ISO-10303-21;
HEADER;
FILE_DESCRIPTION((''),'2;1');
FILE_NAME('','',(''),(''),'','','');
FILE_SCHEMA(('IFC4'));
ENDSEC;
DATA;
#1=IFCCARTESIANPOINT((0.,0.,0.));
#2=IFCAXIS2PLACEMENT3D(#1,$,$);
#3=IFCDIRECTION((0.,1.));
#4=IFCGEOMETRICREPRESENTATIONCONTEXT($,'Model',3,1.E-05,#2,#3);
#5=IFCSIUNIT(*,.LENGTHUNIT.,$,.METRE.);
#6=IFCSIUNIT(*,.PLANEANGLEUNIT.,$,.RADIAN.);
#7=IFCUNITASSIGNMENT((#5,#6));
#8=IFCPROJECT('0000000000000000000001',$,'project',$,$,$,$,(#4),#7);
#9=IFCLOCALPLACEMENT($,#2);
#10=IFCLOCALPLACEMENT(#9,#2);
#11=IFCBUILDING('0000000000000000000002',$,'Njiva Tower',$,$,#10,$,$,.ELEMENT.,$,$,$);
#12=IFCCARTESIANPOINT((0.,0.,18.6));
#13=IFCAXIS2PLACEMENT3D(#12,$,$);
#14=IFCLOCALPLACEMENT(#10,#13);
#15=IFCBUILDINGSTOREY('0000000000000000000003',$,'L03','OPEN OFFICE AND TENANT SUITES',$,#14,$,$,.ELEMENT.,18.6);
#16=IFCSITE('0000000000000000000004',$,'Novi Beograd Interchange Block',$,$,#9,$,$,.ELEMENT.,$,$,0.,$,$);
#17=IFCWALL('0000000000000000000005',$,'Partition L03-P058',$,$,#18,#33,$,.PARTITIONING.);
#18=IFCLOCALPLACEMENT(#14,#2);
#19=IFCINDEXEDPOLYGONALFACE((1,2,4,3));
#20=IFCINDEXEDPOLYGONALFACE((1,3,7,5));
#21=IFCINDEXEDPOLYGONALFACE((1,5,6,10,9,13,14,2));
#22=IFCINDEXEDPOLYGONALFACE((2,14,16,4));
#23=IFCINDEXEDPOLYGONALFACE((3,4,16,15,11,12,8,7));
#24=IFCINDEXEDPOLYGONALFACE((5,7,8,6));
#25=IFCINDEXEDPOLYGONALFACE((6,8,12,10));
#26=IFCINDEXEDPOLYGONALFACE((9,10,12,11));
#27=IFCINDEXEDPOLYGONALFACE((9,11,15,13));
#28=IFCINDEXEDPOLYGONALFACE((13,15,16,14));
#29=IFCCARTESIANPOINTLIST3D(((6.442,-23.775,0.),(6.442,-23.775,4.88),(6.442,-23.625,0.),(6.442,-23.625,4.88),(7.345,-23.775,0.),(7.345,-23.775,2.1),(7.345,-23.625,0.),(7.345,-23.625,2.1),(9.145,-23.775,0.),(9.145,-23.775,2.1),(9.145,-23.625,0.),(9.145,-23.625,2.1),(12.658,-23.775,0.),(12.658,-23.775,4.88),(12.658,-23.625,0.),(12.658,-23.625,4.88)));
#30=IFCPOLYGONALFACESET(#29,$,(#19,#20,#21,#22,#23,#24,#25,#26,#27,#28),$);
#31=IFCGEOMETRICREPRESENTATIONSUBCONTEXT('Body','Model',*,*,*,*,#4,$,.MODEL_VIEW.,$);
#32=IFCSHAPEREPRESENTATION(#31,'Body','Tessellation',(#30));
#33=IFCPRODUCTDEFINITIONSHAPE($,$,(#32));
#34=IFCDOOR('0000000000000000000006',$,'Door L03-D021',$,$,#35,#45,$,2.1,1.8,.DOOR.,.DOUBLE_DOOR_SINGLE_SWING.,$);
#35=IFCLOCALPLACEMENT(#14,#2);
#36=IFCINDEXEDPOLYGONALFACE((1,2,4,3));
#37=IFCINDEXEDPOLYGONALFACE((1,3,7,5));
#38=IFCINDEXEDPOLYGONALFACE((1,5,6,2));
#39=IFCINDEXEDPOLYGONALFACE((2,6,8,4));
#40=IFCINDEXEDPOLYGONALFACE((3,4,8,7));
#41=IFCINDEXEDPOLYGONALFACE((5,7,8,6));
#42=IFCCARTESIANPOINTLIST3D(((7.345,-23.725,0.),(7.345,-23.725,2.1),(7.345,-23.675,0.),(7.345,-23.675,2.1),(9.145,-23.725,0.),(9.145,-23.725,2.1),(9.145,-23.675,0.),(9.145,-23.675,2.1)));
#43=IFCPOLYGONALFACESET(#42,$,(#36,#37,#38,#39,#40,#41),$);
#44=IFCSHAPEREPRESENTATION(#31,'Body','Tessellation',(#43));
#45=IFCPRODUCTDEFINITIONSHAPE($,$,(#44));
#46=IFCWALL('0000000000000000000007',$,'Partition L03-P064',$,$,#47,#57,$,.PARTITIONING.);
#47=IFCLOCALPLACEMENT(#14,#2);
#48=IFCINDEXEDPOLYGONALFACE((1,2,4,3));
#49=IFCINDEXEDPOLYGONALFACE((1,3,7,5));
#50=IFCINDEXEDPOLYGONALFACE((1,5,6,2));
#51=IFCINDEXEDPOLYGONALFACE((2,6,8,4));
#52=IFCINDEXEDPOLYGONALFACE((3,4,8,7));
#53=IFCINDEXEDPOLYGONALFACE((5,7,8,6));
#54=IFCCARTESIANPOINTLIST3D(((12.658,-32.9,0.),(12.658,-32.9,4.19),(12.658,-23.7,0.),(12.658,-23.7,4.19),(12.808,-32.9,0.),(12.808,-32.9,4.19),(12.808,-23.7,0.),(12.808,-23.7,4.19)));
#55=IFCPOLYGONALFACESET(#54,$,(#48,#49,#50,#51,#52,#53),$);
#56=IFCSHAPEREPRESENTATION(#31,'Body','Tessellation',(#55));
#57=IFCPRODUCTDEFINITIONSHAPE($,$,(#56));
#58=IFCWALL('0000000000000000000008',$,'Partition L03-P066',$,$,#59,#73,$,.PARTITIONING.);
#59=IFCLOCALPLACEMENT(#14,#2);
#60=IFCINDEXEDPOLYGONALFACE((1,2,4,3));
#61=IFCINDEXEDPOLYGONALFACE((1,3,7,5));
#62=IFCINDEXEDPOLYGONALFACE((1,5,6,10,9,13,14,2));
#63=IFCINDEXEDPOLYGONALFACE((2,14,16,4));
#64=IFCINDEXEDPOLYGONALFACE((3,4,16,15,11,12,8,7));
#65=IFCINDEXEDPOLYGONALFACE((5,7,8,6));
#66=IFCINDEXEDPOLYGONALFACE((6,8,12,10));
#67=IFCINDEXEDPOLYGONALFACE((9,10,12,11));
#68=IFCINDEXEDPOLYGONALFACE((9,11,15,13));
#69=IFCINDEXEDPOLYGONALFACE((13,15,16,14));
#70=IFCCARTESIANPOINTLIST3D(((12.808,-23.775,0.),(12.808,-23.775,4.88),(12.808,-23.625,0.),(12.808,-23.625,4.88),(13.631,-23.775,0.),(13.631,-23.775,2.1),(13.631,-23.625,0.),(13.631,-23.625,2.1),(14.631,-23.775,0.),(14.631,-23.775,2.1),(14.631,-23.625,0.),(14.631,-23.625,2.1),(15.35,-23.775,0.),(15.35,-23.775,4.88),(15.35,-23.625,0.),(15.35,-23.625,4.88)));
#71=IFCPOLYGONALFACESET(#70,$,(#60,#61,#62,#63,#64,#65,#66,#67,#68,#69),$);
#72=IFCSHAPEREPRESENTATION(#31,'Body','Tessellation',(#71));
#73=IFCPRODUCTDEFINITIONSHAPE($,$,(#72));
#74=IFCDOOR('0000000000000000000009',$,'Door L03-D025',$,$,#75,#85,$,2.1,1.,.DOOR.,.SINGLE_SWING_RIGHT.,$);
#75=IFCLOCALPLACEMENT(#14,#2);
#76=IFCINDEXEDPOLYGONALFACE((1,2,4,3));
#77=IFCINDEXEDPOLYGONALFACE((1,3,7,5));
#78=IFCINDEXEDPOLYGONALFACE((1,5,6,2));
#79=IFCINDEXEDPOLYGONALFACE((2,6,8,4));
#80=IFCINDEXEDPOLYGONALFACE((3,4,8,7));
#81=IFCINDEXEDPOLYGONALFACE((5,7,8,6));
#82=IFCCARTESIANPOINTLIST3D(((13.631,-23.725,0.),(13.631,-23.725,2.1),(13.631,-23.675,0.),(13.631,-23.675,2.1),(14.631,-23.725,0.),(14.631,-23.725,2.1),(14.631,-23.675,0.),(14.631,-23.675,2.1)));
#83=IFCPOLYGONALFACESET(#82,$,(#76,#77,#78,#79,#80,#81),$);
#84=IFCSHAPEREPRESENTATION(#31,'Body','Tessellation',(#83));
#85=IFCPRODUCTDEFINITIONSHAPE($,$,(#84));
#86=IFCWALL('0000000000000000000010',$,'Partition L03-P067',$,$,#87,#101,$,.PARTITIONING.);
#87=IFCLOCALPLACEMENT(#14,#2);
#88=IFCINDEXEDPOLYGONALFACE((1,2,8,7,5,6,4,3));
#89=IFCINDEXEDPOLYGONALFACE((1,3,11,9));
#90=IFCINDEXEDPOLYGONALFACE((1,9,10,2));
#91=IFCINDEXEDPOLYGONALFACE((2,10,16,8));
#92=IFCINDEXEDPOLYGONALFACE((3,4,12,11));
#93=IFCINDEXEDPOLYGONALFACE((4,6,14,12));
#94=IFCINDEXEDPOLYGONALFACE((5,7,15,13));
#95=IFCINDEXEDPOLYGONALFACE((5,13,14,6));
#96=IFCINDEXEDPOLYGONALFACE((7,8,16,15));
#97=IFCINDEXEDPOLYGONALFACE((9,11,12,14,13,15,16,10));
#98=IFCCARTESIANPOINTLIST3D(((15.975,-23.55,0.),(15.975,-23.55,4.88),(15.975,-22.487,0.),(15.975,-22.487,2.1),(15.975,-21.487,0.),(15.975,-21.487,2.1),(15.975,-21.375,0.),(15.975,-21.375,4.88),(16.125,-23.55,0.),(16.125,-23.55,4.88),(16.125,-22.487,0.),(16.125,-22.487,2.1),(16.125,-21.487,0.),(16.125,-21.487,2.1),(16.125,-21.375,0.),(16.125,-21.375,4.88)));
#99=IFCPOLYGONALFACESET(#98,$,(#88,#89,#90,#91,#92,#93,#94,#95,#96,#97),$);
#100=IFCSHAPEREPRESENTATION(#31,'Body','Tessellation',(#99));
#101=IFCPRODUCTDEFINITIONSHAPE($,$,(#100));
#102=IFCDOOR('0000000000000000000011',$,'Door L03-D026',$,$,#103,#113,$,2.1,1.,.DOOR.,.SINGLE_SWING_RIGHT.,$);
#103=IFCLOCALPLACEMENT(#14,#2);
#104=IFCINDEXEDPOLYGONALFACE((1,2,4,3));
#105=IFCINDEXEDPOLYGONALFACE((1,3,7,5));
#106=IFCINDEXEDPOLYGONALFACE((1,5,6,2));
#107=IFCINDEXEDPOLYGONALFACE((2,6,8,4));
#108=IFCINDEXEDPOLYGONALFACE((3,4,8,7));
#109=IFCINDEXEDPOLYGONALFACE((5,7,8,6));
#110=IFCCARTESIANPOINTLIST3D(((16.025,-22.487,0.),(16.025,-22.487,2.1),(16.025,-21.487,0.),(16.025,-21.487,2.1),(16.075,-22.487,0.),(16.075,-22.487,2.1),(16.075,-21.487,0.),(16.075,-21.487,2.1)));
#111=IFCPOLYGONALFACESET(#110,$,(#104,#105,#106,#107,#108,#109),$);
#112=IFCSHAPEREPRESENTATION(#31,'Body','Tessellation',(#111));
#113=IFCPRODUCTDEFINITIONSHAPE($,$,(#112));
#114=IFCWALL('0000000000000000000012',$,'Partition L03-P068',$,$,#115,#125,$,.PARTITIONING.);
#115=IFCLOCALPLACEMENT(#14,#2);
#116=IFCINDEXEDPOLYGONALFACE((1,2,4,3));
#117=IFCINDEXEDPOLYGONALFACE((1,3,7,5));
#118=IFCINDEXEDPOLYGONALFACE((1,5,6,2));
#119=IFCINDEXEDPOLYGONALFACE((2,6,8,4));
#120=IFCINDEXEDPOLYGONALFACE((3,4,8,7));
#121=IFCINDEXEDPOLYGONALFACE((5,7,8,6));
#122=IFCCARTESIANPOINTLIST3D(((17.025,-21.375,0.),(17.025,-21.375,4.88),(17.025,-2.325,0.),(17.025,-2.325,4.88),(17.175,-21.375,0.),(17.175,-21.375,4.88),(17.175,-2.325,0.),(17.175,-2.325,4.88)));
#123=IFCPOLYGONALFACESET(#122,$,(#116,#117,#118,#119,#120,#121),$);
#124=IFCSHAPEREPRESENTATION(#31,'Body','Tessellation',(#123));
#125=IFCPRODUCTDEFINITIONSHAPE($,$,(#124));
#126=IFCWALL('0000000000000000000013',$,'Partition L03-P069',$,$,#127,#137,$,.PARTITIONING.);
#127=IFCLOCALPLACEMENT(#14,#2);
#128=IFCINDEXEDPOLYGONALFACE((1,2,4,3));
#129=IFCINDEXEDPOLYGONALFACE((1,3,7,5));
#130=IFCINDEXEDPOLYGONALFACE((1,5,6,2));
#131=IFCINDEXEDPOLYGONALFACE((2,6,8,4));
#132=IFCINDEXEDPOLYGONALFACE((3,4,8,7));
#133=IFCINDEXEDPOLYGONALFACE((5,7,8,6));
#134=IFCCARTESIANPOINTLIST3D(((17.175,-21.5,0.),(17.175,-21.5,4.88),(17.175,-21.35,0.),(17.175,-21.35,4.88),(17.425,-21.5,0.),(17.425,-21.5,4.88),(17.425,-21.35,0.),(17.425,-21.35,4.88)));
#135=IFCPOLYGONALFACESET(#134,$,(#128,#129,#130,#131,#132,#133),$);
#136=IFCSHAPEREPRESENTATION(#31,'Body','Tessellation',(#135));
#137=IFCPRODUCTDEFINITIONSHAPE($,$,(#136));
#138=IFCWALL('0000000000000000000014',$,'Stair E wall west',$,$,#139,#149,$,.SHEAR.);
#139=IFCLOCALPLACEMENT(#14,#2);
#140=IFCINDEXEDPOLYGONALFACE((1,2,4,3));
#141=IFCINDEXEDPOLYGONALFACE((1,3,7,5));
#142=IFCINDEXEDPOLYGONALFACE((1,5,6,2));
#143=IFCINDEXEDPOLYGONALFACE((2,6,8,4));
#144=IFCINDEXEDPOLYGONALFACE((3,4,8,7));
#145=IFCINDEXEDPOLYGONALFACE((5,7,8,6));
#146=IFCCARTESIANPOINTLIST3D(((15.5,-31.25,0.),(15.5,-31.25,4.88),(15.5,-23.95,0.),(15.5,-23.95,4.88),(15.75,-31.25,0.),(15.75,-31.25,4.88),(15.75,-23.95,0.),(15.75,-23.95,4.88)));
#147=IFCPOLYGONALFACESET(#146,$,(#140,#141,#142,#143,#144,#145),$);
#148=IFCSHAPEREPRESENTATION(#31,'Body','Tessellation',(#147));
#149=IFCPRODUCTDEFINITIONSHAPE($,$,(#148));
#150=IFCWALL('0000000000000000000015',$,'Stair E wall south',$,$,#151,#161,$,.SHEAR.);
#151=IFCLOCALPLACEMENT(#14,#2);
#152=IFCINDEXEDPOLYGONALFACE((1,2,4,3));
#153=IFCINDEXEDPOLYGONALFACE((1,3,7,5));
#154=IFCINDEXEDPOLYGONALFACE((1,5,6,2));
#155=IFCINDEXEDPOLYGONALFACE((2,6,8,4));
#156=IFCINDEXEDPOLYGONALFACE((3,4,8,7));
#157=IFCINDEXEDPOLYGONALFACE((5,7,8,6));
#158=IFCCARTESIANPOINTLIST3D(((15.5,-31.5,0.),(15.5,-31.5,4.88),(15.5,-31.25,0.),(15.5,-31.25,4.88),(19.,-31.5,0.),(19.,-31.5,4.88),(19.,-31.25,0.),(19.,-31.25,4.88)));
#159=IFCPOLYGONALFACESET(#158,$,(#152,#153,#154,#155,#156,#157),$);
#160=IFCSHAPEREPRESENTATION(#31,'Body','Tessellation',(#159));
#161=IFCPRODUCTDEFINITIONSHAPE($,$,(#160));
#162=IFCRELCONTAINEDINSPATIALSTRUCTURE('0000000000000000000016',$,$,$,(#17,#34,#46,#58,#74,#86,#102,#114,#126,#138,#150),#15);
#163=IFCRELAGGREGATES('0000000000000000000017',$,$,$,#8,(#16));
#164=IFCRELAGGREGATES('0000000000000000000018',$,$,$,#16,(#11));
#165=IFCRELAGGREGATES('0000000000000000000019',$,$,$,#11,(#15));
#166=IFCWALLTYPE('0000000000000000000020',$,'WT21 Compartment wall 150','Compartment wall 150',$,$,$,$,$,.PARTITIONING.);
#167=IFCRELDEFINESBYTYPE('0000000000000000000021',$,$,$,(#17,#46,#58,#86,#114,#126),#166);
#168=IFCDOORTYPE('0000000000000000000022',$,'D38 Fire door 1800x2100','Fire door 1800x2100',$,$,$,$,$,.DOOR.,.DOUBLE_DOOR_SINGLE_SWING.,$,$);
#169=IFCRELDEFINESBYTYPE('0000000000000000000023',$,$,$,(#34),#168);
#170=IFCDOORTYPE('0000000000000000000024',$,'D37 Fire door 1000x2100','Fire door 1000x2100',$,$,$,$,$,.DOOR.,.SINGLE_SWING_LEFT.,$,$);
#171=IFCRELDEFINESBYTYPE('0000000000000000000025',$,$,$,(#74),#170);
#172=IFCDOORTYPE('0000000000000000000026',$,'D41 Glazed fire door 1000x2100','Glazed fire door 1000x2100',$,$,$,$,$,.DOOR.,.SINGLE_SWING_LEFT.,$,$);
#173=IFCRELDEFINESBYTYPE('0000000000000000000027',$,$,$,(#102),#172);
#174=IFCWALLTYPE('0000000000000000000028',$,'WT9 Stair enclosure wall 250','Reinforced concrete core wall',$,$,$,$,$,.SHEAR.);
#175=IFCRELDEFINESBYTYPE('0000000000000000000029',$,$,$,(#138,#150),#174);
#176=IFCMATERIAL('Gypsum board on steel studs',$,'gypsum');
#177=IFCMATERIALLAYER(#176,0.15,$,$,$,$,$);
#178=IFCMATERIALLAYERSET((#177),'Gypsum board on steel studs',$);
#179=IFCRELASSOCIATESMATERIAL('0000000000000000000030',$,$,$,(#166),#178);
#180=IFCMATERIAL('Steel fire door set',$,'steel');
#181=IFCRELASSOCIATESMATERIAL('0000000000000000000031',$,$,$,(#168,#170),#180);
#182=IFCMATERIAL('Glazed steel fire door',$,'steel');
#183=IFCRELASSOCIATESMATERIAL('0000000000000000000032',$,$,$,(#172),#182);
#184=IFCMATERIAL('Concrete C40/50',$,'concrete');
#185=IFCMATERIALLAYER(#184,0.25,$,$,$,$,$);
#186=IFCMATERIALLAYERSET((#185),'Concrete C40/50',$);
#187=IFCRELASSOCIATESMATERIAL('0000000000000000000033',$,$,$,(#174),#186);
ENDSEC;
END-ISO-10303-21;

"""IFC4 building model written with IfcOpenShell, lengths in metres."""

from ifc_helpers import new_model, si_unit, direction, frame, frame_2d, origin, place, context, subcontext, project, spatial, rectangle, extrude, material, layer, layer_set, type_object, element, fill, save


model = new_model("IFC4")

# Units and contexts
model_context = context("Model", 3, precision=1e-05, world=origin(), true_north=direction((0.0, 1.0)))
body_context = subcontext(model_context, "Body", "Model", "MODEL_VIEW")
ifc_project = project(units=[si_unit("LENGTHUNIT", "METRE"), si_unit("PLANEANGLEUNIT", "RADIAN")], contexts=[model_context])

# Site, building, storey
site_placement = place(None, origin())
site = spatial("IfcSite", under=ifc_project, at=site_placement, Name="Novi Beograd Interchange Block", CompositionType="ELEMENT", RefElevation=0.0)
building_placement = place(site_placement, origin())
building = spatial("IfcBuilding", under=site, at=building_placement, Name="Njiva Tower", CompositionType="ELEMENT")
storey_placement = place(building_placement, frame((0.0, 0.0, 18.6)))
storey = spatial("IfcBuildingStorey", under=building, at=storey_placement, Name="L03", Description="OPEN OFFICE AND TENANT SUITES", CompositionType="ELEMENT", Elevation=18.6)

# Wall, opening, door
ifc_material_1 = material(Name="Gypsum board on steel studs", Category="gypsum")
ifc_layer_1 = layer(ifc_material_1, 0.15)
ifc_layer_set_1 = layer_set([ifc_layer_1], Name="Gypsum board on steel studs")
wall_type_1 = type_object("IfcWallType", Name="WT21 Compartment wall 150", Description="Compartment wall 150", PredefinedType="PARTITIONING", material=ifc_layer_set_1)
wall_1_placement = place(storey_placement, frame((6.442, -23.7, 0.0), z_axis=(0.0, 0.0, 1.0), x_axis=(1.0, 0.0, 0.0)))
wall_1 = element("IfcWall", 1, at=wall_1_placement, inside=storey, type_object=wall_type_1, Name="Partition L03-P058", PredefinedType="PARTITIONING", context=body_context, shape_type="SweptSolid", body=[
    extrude(rectangle(XDim=6.216, YDim=0.15, at=frame_2d((3.108, 0.0))), origin(), (0.0, 0.0, 1.0), 4.88),
])
opening_1_placement = place(wall_1_placement, frame((0.903, 0.0, 0.0)))
opening_1 = element("IfcOpeningElement", 2, at=opening_1_placement, cuts=wall_1, PredefinedType="OPENING", context=body_context, shape_type="SweptSolid", body=[
    extrude(rectangle(XDim=1.8, YDim=2.1, at=frame_2d((0.9, 1.05))), frame((0.0, 0.085, 0.0), z_axis=(0.0, -1.0, 0.0), x_axis=(1.0, 0.0, 0.0)), (0.0, 0.0, 1.0), 0.17),
])
ifc_material_2 = material(Name="Steel fire door set", Category="steel")
door_type_1 = type_object("IfcDoorType", Name="D38 Fire door 1800x2100", Description="Fire door 1800x2100", OperationType="DOUBLE_DOOR_SINGLE_SWING", PredefinedType="DOOR", material=ifc_material_2)
door_1_placement = place(opening_1_placement, origin())
door_1 = element("IfcDoor", 3, at=door_1_placement, inside=storey, type_object=door_type_1, Name="Door L03-D021", OperationType="DOUBLE_DOOR_SINGLE_SWING", OverallHeight=2.1, OverallWidth=1.8, PredefinedType="DOOR", context=body_context, shape_type="SweptSolid", body=[
    extrude(rectangle(XDim=1.8, YDim=2.1, at=frame_2d((0.9, 1.05))), frame((0.0, 0.025, 0.0), z_axis=(0.0, -1.0, 0.0), x_axis=(1.0, 0.0, 0.0)), (0.0, 0.0, 1.0), 0.05),
])
fill(opening_1, door_1)

# Wall
wall_2_placement = place(storey_placement, frame((12.733, -32.9, 0.0), z_axis=(0.0, 0.0, 1.0), x_axis=(0.0, 1.0, 0.0)))
element("IfcWall", 4, at=wall_2_placement, inside=storey, type_object=wall_type_1, Name="Partition L03-P064", PredefinedType="PARTITIONING", context=body_context, shape_type="SweptSolid", body=[
    extrude(rectangle(XDim=9.2, YDim=0.15, at=frame_2d((4.6, 0.0))), origin(), (0.0, 0.0, 1.0), 4.19),
])

# Walls, openings, doors
wall_3_placement = place(storey_placement, frame((12.808, -23.7, 0.0), z_axis=(0.0, 0.0, 1.0), x_axis=(1.0, 0.0, 0.0)))
wall_3 = element("IfcWall", 5, at=wall_3_placement, inside=storey, type_object=wall_type_1, Name="Partition L03-P066", PredefinedType="PARTITIONING", context=body_context, shape_type="SweptSolid", body=[
    extrude(rectangle(XDim=2.542, YDim=0.15, at=frame_2d((1.271, 0.0))), origin(), (0.0, 0.0, 1.0), 4.88),
])
opening_2_placement = place(wall_3_placement, frame((0.823, 0.0, 0.0)))
opening_2 = element("IfcOpeningElement", 6, at=opening_2_placement, cuts=wall_3, PredefinedType="OPENING", context=body_context, shape_type="SweptSolid", body=[
    extrude(rectangle(XDim=1.0, YDim=2.1, at=frame_2d((0.5, 1.05))), frame((0.0, 0.085, 0.0), z_axis=(0.0, -1.0, 0.0), x_axis=(1.0, 0.0, 0.0)), (0.0, 0.0, 1.0), 0.17),
])
door_type_2 = type_object("IfcDoorType", Name="D37 Fire door 1000x2100", Description="Fire door 1000x2100", OperationType="SINGLE_SWING_LEFT", PredefinedType="DOOR", material=ifc_material_2)
door_2_placement = place(opening_2_placement, origin())
door_2 = element("IfcDoor", 7, at=door_2_placement, inside=storey, type_object=door_type_2, Name="Door L03-D025", OperationType="SINGLE_SWING_RIGHT", OverallHeight=2.1, OverallWidth=1.0, PredefinedType="DOOR", context=body_context, shape_type="SweptSolid", body=[
    extrude(rectangle(XDim=1.0, YDim=2.1, at=frame_2d((0.5, 1.05))), frame((0.0, 0.025, 0.0), z_axis=(0.0, -1.0, 0.0), x_axis=(1.0, 0.0, 0.0)), (0.0, 0.0, 1.0), 0.05),
])
fill(opening_2, door_2)
wall_4_placement = place(storey_placement, frame((16.05, -23.55, 0.0), z_axis=(0.0, 0.0, 1.0), x_axis=(0.0, 1.0, 0.0)))
wall_4 = element("IfcWall", 8, at=wall_4_placement, inside=storey, type_object=wall_type_1, Name="Partition L03-P067", PredefinedType="PARTITIONING", context=body_context, shape_type="SweptSolid", body=[
    extrude(rectangle(XDim=2.175, YDim=0.15, at=frame_2d((1.0875, 0.0))), origin(), (0.0, 0.0, 1.0), 4.88),
])
opening_3_placement = place(wall_4_placement, frame((1.063, 0.0, 0.0)))
opening_3 = element("IfcOpeningElement", 9, at=opening_3_placement, cuts=wall_4, PredefinedType="OPENING", context=body_context, shape_type="SweptSolid", body=[
    extrude(rectangle(XDim=1.0, YDim=2.1, at=frame_2d((0.5, 1.05))), frame((0.0, 0.085, 0.0), z_axis=(0.0, -1.0, 0.0), x_axis=(1.0, 0.0, 0.0)), (0.0, 0.0, 1.0), 0.17),
])
ifc_material_3 = material(Name="Glazed steel fire door", Category="steel")
door_type_3 = type_object("IfcDoorType", Name="D41 Glazed fire door 1000x2100", Description="Glazed fire door 1000x2100", OperationType="SINGLE_SWING_LEFT", PredefinedType="DOOR", material=ifc_material_3)
door_3_placement = place(opening_3_placement, origin())
door_3 = element("IfcDoor", 10, at=door_3_placement, inside=storey, type_object=door_type_3, Name="Door L03-D026", OperationType="SINGLE_SWING_RIGHT", OverallHeight=2.1, OverallWidth=1.0, PredefinedType="DOOR", context=body_context, shape_type="SweptSolid", body=[
    extrude(rectangle(XDim=1.0, YDim=2.1, at=frame_2d((0.5, 1.05))), frame((0.0, 0.025, 0.0), z_axis=(0.0, -1.0, 0.0), x_axis=(1.0, 0.0, 0.0)), (0.0, 0.0, 1.0), 0.05),
])
fill(opening_3, door_3)

# Walls
wall_5_placement = place(storey_placement, frame((17.1, -21.375, 0.0), z_axis=(0.0, 0.0, 1.0), x_axis=(0.0, 1.0, 0.0)))
element("IfcWall", 11, at=wall_5_placement, inside=storey, type_object=wall_type_1, Name="Partition L03-P068", PredefinedType="PARTITIONING", context=body_context, shape_type="SweptSolid", body=[
    extrude(rectangle(XDim=19.05, YDim=0.15, at=frame_2d((9.525, 0.0))), origin(), (0.0, 0.0, 1.0), 4.88),
])
wall_6_placement = place(storey_placement, frame((17.175, -21.425, 0.0), z_axis=(0.0, 0.0, 1.0), x_axis=(1.0, 0.0, 0.0)))
element("IfcWall", 12, at=wall_6_placement, inside=storey, type_object=wall_type_1, Name="Partition L03-P069", PredefinedType="PARTITIONING", context=body_context, shape_type="SweptSolid", body=[
    extrude(rectangle(XDim=0.25, YDim=0.15, at=frame_2d((0.125, 0.0))), origin(), (0.0, 0.0, 1.0), 4.88),
])
ifc_material_4 = material(Name="Concrete C40/50", Category="concrete")
ifc_layer_2 = layer(ifc_material_4, 0.25)
ifc_layer_set_2 = layer_set([ifc_layer_2], Name="Concrete C40/50")
wall_type_2 = type_object("IfcWallType", Name="WT9 Stair enclosure wall 250", Description="Reinforced concrete core wall", PredefinedType="SHEAR", material=ifc_layer_set_2)
wall_7_placement = place(storey_placement, frame((15.625, -31.25, 0.0), z_axis=(0.0, 0.0, 1.0), x_axis=(0.0, 1.0, 0.0)))
element("IfcWall", 13, at=wall_7_placement, inside=storey, type_object=wall_type_2, Name="Stair E wall west", PredefinedType="SHEAR", context=body_context, shape_type="SweptSolid", body=[
    extrude(rectangle(XDim=7.3, YDim=0.25, at=frame_2d((3.65, 0.0))), origin(), (0.0, 0.0, 1.0), 4.88),
])
wall_8_placement = place(storey_placement, frame((15.5, -31.375, 0.0), z_axis=(0.0, 0.0, 1.0), x_axis=(1.0, 0.0, 0.0)))
element("IfcWall", 14, at=wall_8_placement, inside=storey, type_object=wall_type_2, Name="Stair E wall south", PredefinedType="SHEAR", context=body_context, shape_type="SweptSolid", body=[
    extrude(rectangle(XDim=3.5, YDim=0.25, at=frame_2d((1.75, 0.0))), origin(), (0.0, 0.0, 1.0), 4.88),
])

save(model, "model.ifc")
